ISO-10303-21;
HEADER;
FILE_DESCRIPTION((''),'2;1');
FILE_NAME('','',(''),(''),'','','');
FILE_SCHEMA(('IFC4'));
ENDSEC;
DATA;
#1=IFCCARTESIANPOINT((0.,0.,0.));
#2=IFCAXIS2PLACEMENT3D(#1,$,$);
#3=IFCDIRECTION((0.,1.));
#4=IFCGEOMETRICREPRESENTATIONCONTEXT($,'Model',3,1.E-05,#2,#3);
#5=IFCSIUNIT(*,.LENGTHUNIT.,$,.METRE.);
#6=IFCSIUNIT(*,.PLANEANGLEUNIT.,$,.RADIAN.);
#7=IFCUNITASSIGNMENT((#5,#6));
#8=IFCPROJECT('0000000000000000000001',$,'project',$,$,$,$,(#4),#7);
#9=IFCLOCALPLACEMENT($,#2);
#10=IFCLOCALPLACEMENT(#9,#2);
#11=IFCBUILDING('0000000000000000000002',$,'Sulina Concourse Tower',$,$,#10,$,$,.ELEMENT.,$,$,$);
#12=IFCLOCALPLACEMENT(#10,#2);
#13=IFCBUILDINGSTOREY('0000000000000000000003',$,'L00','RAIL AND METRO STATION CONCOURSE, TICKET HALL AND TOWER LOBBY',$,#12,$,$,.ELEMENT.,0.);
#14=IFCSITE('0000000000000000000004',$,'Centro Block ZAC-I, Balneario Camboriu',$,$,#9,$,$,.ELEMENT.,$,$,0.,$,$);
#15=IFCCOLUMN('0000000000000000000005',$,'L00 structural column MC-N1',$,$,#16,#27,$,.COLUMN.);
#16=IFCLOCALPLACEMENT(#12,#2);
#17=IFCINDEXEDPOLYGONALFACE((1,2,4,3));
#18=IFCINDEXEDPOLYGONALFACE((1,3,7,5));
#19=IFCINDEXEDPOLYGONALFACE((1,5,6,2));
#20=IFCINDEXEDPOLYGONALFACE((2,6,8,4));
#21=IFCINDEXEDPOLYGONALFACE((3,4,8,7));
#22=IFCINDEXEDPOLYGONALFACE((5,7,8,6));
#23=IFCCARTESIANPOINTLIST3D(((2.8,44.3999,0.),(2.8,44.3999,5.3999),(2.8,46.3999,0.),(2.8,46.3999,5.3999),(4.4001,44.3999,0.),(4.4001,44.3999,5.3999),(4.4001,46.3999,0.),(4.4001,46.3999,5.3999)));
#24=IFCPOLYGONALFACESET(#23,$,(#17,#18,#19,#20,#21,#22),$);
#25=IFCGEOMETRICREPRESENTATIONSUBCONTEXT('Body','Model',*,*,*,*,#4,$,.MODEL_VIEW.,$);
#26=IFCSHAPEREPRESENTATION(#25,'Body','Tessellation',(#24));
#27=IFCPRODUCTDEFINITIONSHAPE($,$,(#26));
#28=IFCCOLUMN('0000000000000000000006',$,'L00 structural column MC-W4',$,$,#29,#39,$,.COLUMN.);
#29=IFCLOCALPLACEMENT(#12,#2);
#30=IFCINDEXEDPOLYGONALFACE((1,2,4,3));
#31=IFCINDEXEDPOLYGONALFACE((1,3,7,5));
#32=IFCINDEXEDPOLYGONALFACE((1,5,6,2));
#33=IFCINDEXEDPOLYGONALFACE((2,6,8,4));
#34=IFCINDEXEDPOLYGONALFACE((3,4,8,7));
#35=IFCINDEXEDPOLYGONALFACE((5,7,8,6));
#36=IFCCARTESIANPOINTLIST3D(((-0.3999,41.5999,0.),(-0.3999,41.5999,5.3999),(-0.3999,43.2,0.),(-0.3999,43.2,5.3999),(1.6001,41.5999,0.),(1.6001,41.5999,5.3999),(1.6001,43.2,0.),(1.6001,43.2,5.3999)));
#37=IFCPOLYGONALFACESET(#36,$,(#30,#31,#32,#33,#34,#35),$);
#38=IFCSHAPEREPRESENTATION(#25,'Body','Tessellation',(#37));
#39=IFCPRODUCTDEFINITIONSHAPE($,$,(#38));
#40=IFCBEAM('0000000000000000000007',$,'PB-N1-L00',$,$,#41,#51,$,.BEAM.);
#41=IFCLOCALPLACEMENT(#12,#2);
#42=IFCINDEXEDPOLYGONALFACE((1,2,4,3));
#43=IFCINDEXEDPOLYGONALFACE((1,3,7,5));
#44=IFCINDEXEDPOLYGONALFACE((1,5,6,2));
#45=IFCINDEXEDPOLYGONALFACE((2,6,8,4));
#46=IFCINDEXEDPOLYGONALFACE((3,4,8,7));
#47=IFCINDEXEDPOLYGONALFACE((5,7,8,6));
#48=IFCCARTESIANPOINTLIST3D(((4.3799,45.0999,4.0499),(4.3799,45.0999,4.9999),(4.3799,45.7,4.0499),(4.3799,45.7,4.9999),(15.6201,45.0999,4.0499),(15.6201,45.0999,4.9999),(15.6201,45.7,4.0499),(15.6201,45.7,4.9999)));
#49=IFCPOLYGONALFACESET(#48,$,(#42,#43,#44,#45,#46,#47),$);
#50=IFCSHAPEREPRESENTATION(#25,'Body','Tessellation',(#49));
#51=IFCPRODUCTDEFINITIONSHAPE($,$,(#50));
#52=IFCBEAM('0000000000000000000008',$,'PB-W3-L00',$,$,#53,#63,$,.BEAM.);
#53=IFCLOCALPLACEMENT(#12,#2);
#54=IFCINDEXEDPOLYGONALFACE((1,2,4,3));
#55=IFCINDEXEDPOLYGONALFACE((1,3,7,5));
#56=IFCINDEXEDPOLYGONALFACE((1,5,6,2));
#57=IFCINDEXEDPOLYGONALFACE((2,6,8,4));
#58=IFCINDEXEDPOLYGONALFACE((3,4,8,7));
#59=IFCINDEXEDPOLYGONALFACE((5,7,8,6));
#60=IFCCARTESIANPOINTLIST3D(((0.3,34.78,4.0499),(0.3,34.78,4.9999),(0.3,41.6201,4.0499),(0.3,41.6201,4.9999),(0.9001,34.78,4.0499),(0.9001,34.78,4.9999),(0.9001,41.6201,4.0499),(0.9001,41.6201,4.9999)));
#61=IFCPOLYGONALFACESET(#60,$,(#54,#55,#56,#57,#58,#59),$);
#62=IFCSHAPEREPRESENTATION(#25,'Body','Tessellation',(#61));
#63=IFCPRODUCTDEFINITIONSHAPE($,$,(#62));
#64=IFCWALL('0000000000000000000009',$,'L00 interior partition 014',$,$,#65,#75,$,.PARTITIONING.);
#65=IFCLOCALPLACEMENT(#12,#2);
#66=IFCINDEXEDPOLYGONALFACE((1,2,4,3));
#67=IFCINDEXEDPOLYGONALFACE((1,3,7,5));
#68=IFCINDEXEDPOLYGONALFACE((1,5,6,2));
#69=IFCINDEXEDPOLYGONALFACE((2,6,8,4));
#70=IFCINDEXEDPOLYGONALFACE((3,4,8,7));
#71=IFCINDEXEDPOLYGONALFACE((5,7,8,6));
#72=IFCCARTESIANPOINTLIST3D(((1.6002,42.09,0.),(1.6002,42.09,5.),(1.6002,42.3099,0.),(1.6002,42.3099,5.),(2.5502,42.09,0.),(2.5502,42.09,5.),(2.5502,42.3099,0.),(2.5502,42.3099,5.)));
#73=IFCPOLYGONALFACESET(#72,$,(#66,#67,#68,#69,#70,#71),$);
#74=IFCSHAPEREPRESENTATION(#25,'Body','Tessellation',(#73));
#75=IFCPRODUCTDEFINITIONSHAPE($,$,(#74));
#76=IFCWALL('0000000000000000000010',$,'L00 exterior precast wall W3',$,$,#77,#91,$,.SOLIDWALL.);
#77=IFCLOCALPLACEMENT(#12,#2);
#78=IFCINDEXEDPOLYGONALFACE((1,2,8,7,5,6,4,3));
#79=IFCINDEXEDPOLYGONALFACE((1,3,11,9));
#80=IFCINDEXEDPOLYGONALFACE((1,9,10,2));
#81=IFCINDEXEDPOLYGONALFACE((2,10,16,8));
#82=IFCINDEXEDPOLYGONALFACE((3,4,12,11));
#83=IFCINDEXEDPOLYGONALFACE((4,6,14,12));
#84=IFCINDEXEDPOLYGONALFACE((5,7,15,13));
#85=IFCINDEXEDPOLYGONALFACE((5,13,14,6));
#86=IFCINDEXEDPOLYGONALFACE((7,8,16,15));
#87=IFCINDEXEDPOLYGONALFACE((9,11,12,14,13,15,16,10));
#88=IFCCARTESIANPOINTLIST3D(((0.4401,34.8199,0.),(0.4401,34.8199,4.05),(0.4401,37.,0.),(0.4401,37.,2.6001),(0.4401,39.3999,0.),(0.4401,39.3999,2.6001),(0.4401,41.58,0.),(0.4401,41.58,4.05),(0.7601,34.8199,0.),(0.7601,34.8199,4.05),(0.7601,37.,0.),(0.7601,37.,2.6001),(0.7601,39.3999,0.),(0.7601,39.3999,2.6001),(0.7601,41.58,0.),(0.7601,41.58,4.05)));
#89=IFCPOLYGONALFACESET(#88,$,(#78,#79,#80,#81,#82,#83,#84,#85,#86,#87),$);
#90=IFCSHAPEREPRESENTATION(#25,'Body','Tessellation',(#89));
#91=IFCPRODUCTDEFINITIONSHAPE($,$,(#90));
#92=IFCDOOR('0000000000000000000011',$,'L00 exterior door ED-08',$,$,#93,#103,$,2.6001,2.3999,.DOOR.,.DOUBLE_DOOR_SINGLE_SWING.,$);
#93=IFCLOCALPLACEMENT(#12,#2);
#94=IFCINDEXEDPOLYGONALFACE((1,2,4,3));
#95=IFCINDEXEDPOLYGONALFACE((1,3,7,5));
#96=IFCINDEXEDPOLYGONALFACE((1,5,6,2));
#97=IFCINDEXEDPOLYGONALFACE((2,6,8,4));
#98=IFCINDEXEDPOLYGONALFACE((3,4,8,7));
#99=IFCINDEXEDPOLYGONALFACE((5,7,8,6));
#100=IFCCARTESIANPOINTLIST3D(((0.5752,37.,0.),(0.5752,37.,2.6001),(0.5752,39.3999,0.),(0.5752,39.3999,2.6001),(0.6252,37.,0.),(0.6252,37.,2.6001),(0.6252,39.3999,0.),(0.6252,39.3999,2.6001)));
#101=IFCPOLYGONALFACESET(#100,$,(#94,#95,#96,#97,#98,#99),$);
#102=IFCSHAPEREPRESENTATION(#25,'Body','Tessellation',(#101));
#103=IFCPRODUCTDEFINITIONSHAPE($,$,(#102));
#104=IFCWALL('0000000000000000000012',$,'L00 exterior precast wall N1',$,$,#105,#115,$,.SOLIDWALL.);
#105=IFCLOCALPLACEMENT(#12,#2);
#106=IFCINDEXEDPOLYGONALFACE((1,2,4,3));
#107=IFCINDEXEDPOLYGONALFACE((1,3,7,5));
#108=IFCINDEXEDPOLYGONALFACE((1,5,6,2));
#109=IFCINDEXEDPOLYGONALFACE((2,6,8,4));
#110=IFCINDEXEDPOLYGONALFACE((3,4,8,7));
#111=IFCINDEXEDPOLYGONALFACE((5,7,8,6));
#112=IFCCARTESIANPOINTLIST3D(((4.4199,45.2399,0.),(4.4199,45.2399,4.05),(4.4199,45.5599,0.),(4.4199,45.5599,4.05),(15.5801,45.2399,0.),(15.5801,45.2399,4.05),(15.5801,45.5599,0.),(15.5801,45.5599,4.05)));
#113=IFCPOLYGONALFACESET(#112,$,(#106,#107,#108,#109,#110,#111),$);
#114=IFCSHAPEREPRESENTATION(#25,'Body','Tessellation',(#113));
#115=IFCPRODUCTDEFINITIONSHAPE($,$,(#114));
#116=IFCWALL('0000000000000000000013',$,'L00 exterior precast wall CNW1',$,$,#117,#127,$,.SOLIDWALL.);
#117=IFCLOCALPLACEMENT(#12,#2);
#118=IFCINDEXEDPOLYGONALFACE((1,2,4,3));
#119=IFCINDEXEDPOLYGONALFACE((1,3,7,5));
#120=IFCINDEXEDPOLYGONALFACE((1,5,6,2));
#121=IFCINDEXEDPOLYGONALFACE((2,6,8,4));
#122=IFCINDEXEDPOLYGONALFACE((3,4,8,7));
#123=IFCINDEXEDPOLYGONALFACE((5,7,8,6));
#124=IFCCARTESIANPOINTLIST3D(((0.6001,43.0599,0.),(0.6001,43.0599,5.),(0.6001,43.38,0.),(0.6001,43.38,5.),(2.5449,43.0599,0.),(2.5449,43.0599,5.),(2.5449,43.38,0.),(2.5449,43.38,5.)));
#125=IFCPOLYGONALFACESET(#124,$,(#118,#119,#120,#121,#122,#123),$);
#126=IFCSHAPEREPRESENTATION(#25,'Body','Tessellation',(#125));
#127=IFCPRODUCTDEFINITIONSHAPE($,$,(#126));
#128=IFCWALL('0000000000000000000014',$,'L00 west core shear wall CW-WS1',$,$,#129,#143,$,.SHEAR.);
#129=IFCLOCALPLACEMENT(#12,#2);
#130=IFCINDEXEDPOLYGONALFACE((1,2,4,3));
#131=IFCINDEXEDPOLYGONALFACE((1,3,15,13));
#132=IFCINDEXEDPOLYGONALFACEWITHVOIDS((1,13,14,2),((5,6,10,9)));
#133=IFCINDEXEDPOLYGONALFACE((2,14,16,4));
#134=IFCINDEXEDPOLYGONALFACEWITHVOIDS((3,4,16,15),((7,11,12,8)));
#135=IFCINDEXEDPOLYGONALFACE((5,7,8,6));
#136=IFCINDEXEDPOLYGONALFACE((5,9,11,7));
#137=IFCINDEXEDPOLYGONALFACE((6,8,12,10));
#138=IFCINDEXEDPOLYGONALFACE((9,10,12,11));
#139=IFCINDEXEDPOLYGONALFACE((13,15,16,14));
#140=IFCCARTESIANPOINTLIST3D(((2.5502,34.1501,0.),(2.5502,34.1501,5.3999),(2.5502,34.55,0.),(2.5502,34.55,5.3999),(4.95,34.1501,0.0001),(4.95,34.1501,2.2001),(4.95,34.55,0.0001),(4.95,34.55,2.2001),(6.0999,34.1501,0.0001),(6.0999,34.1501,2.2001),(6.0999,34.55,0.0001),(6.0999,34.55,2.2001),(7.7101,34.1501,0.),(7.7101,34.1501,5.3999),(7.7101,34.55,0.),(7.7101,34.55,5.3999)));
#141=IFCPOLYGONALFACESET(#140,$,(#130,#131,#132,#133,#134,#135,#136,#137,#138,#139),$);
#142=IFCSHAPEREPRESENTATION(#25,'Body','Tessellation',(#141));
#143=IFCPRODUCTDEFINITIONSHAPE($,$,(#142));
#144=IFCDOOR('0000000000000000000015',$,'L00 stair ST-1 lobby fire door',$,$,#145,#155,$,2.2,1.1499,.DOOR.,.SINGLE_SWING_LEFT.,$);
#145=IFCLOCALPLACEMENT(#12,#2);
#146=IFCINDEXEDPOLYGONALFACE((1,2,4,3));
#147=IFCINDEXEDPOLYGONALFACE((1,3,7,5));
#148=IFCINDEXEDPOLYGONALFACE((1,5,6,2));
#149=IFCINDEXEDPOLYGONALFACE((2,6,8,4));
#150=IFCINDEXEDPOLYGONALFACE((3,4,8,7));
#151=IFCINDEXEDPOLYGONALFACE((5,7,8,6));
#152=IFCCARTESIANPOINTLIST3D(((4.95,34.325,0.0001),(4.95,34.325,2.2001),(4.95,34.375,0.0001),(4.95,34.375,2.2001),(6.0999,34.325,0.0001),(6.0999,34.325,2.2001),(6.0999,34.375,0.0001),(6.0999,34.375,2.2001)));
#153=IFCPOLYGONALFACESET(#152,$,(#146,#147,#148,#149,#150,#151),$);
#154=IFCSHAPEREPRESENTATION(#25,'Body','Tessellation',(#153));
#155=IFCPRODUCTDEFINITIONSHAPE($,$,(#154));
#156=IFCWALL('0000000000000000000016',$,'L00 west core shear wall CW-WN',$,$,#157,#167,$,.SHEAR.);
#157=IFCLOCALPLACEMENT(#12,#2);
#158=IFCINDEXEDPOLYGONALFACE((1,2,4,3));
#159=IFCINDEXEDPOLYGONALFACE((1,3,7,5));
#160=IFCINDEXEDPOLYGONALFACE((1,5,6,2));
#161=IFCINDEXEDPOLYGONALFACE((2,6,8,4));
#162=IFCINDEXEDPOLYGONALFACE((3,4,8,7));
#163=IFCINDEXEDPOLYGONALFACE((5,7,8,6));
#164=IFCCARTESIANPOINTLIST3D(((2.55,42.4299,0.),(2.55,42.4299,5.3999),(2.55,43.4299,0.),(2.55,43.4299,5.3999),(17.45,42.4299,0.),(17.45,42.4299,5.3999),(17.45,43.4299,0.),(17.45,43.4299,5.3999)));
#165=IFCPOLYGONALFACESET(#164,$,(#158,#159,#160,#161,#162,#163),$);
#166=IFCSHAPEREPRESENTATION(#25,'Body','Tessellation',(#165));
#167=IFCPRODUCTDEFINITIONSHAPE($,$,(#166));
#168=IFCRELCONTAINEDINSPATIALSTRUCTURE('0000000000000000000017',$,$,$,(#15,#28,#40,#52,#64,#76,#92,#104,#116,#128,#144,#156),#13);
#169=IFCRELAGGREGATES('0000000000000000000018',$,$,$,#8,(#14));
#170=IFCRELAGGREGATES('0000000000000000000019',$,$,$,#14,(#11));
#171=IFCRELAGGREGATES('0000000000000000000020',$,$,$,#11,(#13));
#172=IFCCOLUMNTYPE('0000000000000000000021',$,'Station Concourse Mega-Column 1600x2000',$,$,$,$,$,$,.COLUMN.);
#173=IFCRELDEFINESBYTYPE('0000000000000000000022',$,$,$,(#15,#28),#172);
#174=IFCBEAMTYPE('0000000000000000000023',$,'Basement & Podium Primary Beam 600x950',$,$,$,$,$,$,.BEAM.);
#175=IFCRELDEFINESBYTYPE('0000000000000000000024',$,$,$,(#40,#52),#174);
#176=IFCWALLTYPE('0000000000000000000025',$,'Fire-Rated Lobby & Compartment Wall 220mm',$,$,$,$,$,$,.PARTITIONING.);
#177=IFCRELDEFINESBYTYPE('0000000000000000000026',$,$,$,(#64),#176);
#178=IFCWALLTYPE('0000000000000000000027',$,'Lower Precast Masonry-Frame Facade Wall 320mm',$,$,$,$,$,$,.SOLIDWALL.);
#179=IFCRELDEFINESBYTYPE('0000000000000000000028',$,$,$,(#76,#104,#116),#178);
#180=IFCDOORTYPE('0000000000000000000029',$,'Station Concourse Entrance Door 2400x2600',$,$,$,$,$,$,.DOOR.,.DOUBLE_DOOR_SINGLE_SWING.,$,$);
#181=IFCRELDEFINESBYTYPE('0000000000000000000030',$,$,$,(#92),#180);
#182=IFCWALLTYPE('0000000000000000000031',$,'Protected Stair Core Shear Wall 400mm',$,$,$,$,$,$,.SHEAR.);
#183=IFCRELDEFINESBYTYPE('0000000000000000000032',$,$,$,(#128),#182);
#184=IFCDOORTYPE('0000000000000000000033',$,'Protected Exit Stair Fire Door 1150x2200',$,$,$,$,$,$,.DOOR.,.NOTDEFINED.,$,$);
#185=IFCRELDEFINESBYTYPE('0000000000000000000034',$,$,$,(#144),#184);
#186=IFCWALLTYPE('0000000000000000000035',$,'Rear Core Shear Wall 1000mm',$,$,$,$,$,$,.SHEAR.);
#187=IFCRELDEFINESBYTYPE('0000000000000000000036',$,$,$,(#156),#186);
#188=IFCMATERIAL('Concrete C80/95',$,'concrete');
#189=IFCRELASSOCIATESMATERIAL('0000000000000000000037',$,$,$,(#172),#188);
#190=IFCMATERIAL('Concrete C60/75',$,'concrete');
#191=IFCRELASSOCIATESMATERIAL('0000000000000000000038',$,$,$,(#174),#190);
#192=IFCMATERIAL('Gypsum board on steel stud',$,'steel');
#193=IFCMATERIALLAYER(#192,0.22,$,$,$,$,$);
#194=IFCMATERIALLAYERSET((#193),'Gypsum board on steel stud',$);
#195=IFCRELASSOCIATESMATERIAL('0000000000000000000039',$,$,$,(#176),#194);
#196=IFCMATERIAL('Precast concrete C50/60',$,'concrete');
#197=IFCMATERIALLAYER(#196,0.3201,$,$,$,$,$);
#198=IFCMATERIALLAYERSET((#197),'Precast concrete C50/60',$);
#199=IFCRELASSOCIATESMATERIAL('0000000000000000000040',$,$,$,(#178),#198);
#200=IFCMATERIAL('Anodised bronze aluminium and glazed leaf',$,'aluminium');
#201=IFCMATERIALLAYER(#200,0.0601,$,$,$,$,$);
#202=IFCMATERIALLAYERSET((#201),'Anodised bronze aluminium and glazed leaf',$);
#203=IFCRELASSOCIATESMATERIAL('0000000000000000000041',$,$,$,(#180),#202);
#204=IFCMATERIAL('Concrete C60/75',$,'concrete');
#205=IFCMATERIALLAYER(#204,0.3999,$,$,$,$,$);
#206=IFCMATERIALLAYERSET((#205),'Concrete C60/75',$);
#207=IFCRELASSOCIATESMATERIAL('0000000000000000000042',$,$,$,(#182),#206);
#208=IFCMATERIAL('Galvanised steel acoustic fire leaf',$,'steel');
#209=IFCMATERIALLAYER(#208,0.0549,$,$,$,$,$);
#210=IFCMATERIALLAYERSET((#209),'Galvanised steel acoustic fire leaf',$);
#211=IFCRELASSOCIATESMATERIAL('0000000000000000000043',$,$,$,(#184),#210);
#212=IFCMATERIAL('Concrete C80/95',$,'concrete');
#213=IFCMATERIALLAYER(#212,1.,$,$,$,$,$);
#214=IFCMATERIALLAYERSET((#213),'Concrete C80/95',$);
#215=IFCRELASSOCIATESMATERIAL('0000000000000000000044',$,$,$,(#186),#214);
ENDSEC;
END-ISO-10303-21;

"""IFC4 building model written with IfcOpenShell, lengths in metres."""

from ifc_helpers import new_model, si_unit, direction, frame, frame_2d, origin, origin_2d, place, context, subcontext, project, spatial, rectangle, extrude, material, layer, layer_set, material_profile, profile_set, type_object, element, fill, save


model = new_model("IFC4")

# Units and contexts
model_context = context("Model", 3, precision=1e-05, world=origin(), true_north=direction((0.0, 1.0)))
body_context = subcontext(model_context, "Body", "Model", "MODEL_VIEW")
ifc_project = project(units=[si_unit("LENGTHUNIT", "METRE"), si_unit("PLANEANGLEUNIT", "RADIAN")], contexts=[model_context])

# Site, building, storey
site_placement = place(None, origin())
site = spatial("IfcSite", under=ifc_project, at=site_placement, Name="Centro Block ZAC-I, Balneario Camboriu", CompositionType="ELEMENT", RefElevation=0.0)
building_placement = place(site_placement, origin())
building = spatial("IfcBuilding", under=site, at=building_placement, Name="Sulina Concourse Tower", CompositionType="ELEMENT")
storey_placement = place(building_placement, origin())
storey = spatial("IfcBuildingStorey", under=building, at=storey_placement, Name="L00", Description="RAIL AND METRO STATION CONCOURSE, TICKET HALL AND TOWER LOBBY", CompositionType="ELEMENT", Elevation=0.0)

# Columns
ifc_material_1 = material(Name="Concrete C80/95", Category="concrete")
ifc_material_profile_1 = material_profile(ifc_material_1, rectangle(XDim=1.6001, YDim=2.0, at=origin_2d()), Name="RC 1600x2000")
ifc_profile_set_1 = profile_set([ifc_material_profile_1], Name="Concrete C80/95")
column_type = type_object("IfcColumnType", Name="Station Concourse Mega-Column 1600x2000", PredefinedType="COLUMN", material=ifc_profile_set_1)
for number, where, z_axis, x_axis, name in (
    (1, (3.6001, 45.3999, 0.0), (0.0, 0.0, 1.0), (1.0, 0.0, 0.0), "L00 structural column MC-N1"),
    (2, (0.6001, 42.3999, 0.0), (0.0, 0.0, 1.0), (0.0, 1.0, 0.0), "L00 structural column MC-W4"),
):
    element("IfcColumn", number, at=place(storey_placement, frame(where, z_axis=z_axis, x_axis=x_axis)), inside=storey, type_object=column_type, Name=name, PredefinedType="COLUMN", context=body_context, shape_type="SweptSolid", body=[
        extrude(rectangle(XDim=1.6001, YDim=2.0, at=origin_2d()), origin(), (0.0, 0.0, 1.0), 5.3999),
    ])

# Beams
ifc_material_2 = material(Name="Concrete C60/75", Category="concrete")
ifc_material_profile_2 = material_profile(ifc_material_2, rectangle(XDim=0.6001, YDim=0.95, at=origin_2d()), Name="RC 600x950")
ifc_profile_set_2 = profile_set([ifc_material_profile_2], Name="Concrete C60/75")
beam_type = type_object("IfcBeamType", Name="Basement & Podium Primary Beam 600x950", PredefinedType="BEAM", material=ifc_profile_set_2)
beam_1_placement = place(storey_placement, frame((4.3799, 45.3999, 4.5249), z_axis=(1.0, 0.0, 0.0), x_axis=(0.0, 1.0, 0.0)))
element("IfcBeam", 3, at=beam_1_placement, inside=storey, type_object=beam_type, Name="PB-N1-L00", PredefinedType="BEAM", context=body_context, shape_type="SweptSolid", body=[
    extrude(rectangle(XDim=0.6001, YDim=0.95, at=origin_2d()), origin(), (0.0, 0.0, 1.0), 11.2402),
])
beam_2_placement = place(storey_placement, frame((0.6001, 34.78, 4.5249), z_axis=(0.0, 1.0, 0.0), x_axis=(-1.0, 0.0, 0.0)))
element("IfcBeam", 4, at=beam_2_placement, inside=storey, type_object=beam_type, Name="PB-W3-L00", PredefinedType="BEAM", context=body_context, shape_type="SweptSolid", body=[
    extrude(rectangle(XDim=0.6001, YDim=0.95, at=origin_2d()), origin(), (0.0, 0.0, 1.0), 6.8401),
])

# Wall
ifc_material_3 = material(Name="Gypsum board on steel stud", Category="steel")
ifc_layer_1 = layer(ifc_material_3, 0.22)
ifc_layer_set_1 = layer_set([ifc_layer_1], Name="Gypsum board on steel stud")
wall_type_1 = type_object("IfcWallType", Name="Fire-Rated Lobby & Compartment Wall 220mm", PredefinedType="PARTITIONING", material=ifc_layer_set_1)
wall_1_placement = place(storey_placement, frame((1.6001, 42.2, 0.0), z_axis=(0.0, 0.0, 1.0), x_axis=(1.0, 0.0, 0.0)))
element("IfcWall", 5, at=wall_1_placement, inside=storey, type_object=wall_type_1, Name="L00 interior partition 014", PredefinedType="PARTITIONING", context=body_context, shape_type="SweptSolid", body=[
    extrude(rectangle(XDim=0.95, YDim=0.22, at=frame_2d((0.4751, 0.0))), origin(), (0.0, 0.0, 1.0), 5.0),
])

# Wall, opening, door
ifc_material_4 = material(Name="Precast concrete C50/60", Category="concrete")
ifc_layer_2 = layer(ifc_material_4, 0.3201)
ifc_layer_set_2 = layer_set([ifc_layer_2], Name="Precast concrete C50/60")
wall_type_2 = type_object("IfcWallType", Name="Lower Precast Masonry-Frame Facade Wall 320mm", PredefinedType="SOLIDWALL", material=ifc_layer_set_2)
wall_2_placement = place(storey_placement, frame((0.6001, 34.8201, 0.0), z_axis=(0.0, 0.0, 1.0), x_axis=(0.0, 1.0, 0.0)))
wall_2 = element("IfcWall", 6, at=wall_2_placement, inside=storey, type_object=wall_type_2, Name="L00 exterior precast wall W3", PredefinedType="SOLIDWALL", context=body_context, shape_type="SweptSolid", body=[
    extrude(rectangle(XDim=6.76, YDim=0.3201, at=frame_2d((3.3799, 0.0))), origin(), (0.0, 0.0, 1.0), 4.05),
])
opening_1_placement = place(wall_2_placement, frame((2.1799, 0.0, 0.0)))
opening_1 = element("IfcOpeningElement", 7, at=opening_1_placement, cuts=wall_2, PredefinedType="OPENING", context=body_context, shape_type="SweptSolid", body=[
    extrude(rectangle(XDim=2.3999, YDim=2.6001, at=frame_2d((1.2, 1.3))), frame((0.0, 0.1699, 0.0), z_axis=(0.0, -1.0, 0.0), x_axis=(1.0, 0.0, 0.0)), (0.0, 0.0, 1.0), 0.3401),
])
ifc_material_5 = material(Name="Anodised bronze aluminium and glazed leaf", Category="aluminium")
ifc_layer_3 = layer(ifc_material_5, 0.0601)
ifc_layer_set_3 = layer_set([ifc_layer_3], Name="Anodised bronze aluminium and glazed leaf")
door_type_1 = type_object("IfcDoorType", Name="Station Concourse Entrance Door 2400x2600", OperationType="DOUBLE_DOOR_SINGLE_SWING", PredefinedType="DOOR", material=ifc_layer_set_3)
door_1_placement = place(opening_1_placement, origin())
door_1 = element("IfcDoor", 8, at=door_1_placement, inside=storey, type_object=door_type_1, Name="L00 exterior door ED-08", OperationType="DOUBLE_DOOR_SINGLE_SWING", OverallHeight=2.6001, OverallWidth=2.3999, PredefinedType="DOOR", context=body_context, shape_type="SweptSolid", body=[
    extrude(rectangle(XDim=2.3999, YDim=2.6001, at=frame_2d((1.2, 1.3))), frame((0.0, 0.0249, 0.0), z_axis=(0.0, -1.0, 0.0), x_axis=(1.0, 0.0, 0.0)), (0.0, 0.0, 1.0), 0.05),
])
fill(opening_1, door_1)

# Walls
wall_3_placement = place(storey_placement, frame((4.4199, 45.3999, 0.0), z_axis=(0.0, 0.0, 1.0), x_axis=(1.0, 0.0, 0.0)))
element("IfcWall", 9, at=wall_3_placement, inside=storey, type_object=wall_type_2, Name="L00 exterior precast wall N1", PredefinedType="SOLIDWALL", context=body_context, shape_type="SweptSolid", body=[
    extrude(rectangle(XDim=11.1602, YDim=0.3201, at=frame_2d((5.5801, 0.0))), origin(), (0.0, 0.0, 1.0), 4.05),
])
wall_4_placement = place(storey_placement, frame((0.6001, 43.22, 0.0), z_axis=(0.0, 0.0, 1.0), x_axis=(1.0, 0.0, 0.0)))
element("IfcWall", 10, at=wall_4_placement, inside=storey, type_object=wall_type_2, Name="L00 exterior precast wall CNW1", PredefinedType="SOLIDWALL", context=body_context, shape_type="SweptSolid", body=[
    extrude(rectangle(XDim=1.9448, YDim=0.3201, at=frame_2d((0.9724, 0.0))), origin(), (0.0, 0.0, 1.0), 5.0),
])

# Wall, opening, door
ifc_material_6 = material(Name="Concrete C60/75", Category="concrete")
ifc_layer_4 = layer(ifc_material_6, 0.3999)
ifc_layer_set_4 = layer_set([ifc_layer_4], Name="Concrete C60/75")
wall_type_3 = type_object("IfcWallType", Name="Protected Stair Core Shear Wall 400mm", PredefinedType="SHEAR", material=ifc_layer_set_4)
wall_5_placement = place(storey_placement, frame((2.55, 34.3501, 0.0), z_axis=(0.0, 0.0, 1.0), x_axis=(1.0, 0.0, 0.0)))
wall_5 = element("IfcWall", 11, at=wall_5_placement, inside=storey, type_object=wall_type_3, Name="L00 west core shear wall CW-WS1", PredefinedType="SHEAR", context=body_context, shape_type="SweptSolid", body=[
    extrude(rectangle(XDim=5.1599, YDim=0.3999, at=frame_2d((2.5801, 0.0))), origin(), (0.0, 0.0, 1.0), 5.3999),
])
opening_2_placement = place(wall_5_placement, frame((2.3999, 0.0, 0.0)))
opening_2 = element("IfcOpeningElement", 12, at=opening_2_placement, cuts=wall_5, PredefinedType="OPENING", context=body_context, shape_type="SweptSolid", body=[
    extrude(rectangle(XDim=1.1499, YDim=2.2, at=frame_2d((0.575, 1.1001))), frame((0.0, 0.21, 0.0), z_axis=(0.0, -1.0, 0.0), x_axis=(1.0, 0.0, 0.0)), (0.0, 0.0, 1.0), 0.4199),
])
ifc_material_7 = material(Name="Galvanised steel acoustic fire leaf", Category="steel")
ifc_layer_5 = layer(ifc_material_7, 0.0549)
ifc_layer_set_5 = layer_set([ifc_layer_5], Name="Galvanised steel acoustic fire leaf")
door_type_2 = type_object("IfcDoorType", Name="Protected Exit Stair Fire Door 1150x2200", OperationType="NOTDEFINED", PredefinedType="DOOR", material=ifc_layer_set_5)
door_2_placement = place(opening_2_placement, origin())
door_2 = element("IfcDoor", 13, at=door_2_placement, inside=storey, type_object=door_type_2, Name="L00 stair ST-1 lobby fire door", OperationType="SINGLE_SWING_LEFT", OverallHeight=2.2, OverallWidth=1.1499, PredefinedType="DOOR", context=body_context, shape_type="SweptSolid", body=[
    extrude(rectangle(XDim=1.1499, YDim=2.2, at=frame_2d((0.575, 1.1001))), frame((0.0, 0.0249, 0.0), z_axis=(0.0, -1.0, 0.0), x_axis=(1.0, 0.0, 0.0)), (0.0, 0.0, 1.0), 0.05),
])
fill(opening_2, door_2)

# Wall
ifc_material_8 = material(Name="Concrete C80/95", Category="concrete")
ifc_layer_6 = layer(ifc_material_8, 1.0)
ifc_layer_set_6 = layer_set([ifc_layer_6], Name="Concrete C80/95")
wall_type_4 = type_object("IfcWallType", Name="Rear Core Shear Wall 1000mm", PredefinedType="SHEAR", material=ifc_layer_set_6)
wall_6_placement = place(storey_placement, frame((2.55, 42.9299, 0.0), z_axis=(0.0, 0.0, 1.0), x_axis=(1.0, 0.0, 0.0)))
element("IfcWall", 14, at=wall_6_placement, inside=storey, type_object=wall_type_4, Name="L00 west core shear wall CW-WN", PredefinedType="SHEAR", context=body_context, shape_type="SweptSolid", body=[
    extrude(rectangle(XDim=14.8999, YDim=1.0, at=frame_2d((7.45, 0.0))), origin(), (0.0, 0.0, 1.0), 5.3999),
])

save(model, "model.ifc")
